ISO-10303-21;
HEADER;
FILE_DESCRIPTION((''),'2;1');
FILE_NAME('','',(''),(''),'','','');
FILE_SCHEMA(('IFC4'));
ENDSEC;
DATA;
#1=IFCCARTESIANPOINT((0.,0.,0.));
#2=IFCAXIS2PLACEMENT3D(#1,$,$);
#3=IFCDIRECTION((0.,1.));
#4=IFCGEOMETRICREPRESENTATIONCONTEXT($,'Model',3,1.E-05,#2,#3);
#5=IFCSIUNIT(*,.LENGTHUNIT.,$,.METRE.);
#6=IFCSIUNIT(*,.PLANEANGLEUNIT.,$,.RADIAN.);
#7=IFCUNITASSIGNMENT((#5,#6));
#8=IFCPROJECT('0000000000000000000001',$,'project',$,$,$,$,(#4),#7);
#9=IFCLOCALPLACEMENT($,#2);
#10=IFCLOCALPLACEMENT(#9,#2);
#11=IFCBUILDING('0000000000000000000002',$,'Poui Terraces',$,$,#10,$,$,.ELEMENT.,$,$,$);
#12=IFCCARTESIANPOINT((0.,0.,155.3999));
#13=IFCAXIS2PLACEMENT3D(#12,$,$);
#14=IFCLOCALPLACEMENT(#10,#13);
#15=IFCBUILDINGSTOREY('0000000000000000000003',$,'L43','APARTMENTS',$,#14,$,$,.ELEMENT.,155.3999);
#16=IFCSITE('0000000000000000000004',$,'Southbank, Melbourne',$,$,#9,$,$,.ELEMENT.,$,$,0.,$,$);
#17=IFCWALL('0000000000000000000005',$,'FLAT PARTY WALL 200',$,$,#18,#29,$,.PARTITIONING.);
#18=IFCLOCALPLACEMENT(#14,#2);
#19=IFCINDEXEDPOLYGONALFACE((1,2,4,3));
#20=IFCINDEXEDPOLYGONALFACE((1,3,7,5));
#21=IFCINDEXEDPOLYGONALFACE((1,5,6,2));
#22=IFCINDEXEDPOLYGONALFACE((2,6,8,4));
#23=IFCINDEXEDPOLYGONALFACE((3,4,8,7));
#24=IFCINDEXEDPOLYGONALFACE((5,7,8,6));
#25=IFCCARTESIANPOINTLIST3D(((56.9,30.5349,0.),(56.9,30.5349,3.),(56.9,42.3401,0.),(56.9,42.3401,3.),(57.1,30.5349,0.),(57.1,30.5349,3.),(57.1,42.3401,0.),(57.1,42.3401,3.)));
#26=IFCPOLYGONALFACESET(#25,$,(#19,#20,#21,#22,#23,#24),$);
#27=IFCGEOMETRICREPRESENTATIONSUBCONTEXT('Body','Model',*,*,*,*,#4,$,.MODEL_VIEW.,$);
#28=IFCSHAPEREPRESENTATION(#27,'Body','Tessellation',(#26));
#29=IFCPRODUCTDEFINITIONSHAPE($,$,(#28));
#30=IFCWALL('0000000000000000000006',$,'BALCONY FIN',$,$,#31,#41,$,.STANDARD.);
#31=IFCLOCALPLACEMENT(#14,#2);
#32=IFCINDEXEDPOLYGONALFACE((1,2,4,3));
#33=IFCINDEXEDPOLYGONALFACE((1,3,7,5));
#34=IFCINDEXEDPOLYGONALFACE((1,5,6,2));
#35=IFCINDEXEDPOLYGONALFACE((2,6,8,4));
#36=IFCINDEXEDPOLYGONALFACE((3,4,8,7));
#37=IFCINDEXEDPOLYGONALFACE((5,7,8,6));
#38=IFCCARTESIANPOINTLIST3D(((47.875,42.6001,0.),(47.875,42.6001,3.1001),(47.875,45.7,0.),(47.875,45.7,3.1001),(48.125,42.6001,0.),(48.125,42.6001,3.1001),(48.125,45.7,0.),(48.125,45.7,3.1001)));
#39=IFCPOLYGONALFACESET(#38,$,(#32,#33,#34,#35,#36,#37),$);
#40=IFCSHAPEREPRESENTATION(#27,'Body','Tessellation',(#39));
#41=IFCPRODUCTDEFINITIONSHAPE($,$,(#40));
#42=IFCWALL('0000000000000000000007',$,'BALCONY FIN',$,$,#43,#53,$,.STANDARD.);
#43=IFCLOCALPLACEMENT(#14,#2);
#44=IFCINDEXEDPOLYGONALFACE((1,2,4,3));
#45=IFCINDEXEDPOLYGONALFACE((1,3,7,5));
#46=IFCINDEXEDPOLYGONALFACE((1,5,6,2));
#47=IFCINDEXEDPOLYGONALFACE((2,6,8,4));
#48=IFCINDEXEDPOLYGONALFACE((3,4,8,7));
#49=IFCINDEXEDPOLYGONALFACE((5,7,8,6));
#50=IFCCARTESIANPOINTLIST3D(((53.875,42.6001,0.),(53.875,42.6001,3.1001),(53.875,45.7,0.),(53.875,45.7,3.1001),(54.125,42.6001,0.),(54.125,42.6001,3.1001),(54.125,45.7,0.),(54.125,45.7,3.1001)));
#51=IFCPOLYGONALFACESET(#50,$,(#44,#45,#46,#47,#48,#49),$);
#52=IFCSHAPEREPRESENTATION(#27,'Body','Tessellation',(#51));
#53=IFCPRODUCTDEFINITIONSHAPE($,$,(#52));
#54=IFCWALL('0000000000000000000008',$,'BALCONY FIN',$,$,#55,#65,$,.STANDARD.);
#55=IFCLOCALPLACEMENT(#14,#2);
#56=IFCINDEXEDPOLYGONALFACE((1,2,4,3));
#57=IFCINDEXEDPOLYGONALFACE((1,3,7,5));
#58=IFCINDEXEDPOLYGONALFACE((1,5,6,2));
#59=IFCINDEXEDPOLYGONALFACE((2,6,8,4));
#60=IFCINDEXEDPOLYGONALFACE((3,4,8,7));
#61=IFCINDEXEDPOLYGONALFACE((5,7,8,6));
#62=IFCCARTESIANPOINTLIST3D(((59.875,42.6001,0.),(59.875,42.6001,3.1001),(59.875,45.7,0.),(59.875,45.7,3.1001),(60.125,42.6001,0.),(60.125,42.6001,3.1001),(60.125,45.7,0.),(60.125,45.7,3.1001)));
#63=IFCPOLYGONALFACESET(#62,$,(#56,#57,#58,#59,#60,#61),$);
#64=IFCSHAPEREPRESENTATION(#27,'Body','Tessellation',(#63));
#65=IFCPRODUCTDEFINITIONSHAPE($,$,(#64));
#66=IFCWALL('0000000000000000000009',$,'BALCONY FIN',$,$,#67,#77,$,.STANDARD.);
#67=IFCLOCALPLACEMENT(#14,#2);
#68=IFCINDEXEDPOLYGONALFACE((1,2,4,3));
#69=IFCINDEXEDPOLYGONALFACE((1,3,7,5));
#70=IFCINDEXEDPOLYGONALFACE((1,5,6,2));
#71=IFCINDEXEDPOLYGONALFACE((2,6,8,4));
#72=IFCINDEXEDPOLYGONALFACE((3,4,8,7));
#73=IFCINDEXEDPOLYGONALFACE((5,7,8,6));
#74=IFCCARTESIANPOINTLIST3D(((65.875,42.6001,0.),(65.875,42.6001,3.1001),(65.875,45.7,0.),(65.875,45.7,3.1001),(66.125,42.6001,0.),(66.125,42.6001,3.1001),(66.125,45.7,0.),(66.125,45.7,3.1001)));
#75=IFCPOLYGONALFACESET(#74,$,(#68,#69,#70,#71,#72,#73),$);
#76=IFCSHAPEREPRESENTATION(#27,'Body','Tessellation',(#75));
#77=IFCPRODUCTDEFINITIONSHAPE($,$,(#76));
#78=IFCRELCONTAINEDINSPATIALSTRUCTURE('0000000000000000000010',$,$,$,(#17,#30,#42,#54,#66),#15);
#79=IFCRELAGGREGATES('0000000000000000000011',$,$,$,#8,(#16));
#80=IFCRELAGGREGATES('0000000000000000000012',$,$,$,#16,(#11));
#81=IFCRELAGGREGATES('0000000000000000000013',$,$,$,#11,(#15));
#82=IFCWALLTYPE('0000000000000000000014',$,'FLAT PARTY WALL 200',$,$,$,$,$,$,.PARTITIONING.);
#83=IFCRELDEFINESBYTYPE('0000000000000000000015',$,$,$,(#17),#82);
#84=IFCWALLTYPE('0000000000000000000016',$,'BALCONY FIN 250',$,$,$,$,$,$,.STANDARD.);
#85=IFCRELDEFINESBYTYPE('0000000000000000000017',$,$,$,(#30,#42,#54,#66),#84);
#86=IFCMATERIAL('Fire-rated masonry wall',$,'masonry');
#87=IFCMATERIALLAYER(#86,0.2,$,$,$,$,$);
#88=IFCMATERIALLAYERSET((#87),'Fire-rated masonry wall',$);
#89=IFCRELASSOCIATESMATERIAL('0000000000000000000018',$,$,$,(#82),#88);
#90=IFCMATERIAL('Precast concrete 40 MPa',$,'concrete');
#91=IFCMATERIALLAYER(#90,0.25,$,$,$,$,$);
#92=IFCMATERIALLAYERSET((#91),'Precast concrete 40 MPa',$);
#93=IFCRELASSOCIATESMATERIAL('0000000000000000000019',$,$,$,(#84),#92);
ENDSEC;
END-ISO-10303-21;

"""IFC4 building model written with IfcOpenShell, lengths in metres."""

from ifc_helpers import new_model, si_unit, direction, frame, frame_2d, origin, place, context, subcontext, project, spatial, polyline, rectangle, outline, extrude, source, transform, mapped, material, layer, layer_set, type_object, element, save


model = new_model("IFC4")

# Units and contexts
model_context = context("Model", 3, precision=1e-05, world=origin(), true_north=direction((0.0, 1.0)))
body_context = subcontext(model_context, "Body", "Model", "MODEL_VIEW")
ifc_project = project(units=[si_unit("LENGTHUNIT", "METRE"), si_unit("PLANEANGLEUNIT", "RADIAN")], contexts=[model_context])

# Site, building, storey
site_placement = place(None, origin())
site = spatial("IfcSite", under=ifc_project, at=site_placement, Name="Southbank, Melbourne", CompositionType="ELEMENT", RefElevation=0.0)
building_placement = place(site_placement, origin())
building = spatial("IfcBuilding", under=site, at=building_placement, Name="Poui Terraces", CompositionType="ELEMENT")
storey_placement = place(building_placement, frame((0.0, 0.0, 155.3999)))
storey = spatial("IfcBuildingStorey", under=building, at=storey_placement, Name="L43", Description="APARTMENTS", CompositionType="ELEMENT", Elevation=155.3999)

# Walls
ifc_material_1 = material(Name="Fire-rated masonry wall", Category="masonry")
ifc_layer_1 = layer(ifc_material_1, 0.2)
ifc_layer_set_1 = layer_set([ifc_layer_1], Name="Fire-rated masonry wall")
wall_type_1 = type_object("IfcWallType", Name="FLAT PARTY WALL 200", PredefinedType="PARTITIONING", material=ifc_layer_set_1)
wall_1_placement = place(storey_placement, frame((57.0, 30.5349, 0.0), z_axis=(0.0, 0.0, 1.0), x_axis=(0.0, 1.0, 0.0)))
element("IfcWall", 1, at=wall_1_placement, inside=storey, type_object=wall_type_1, Name="FLAT PARTY WALL 200", PredefinedType="PARTITIONING", context=body_context, shape_type="SweptSolid", body=[
    extrude(rectangle(XDim=11.8052, YDim=0.2, at=frame_2d((5.9026, 0.0))), origin(), (0.0, 0.0, 1.0), 3.0),
])
ifc_material_2 = material(Name="Precast concrete 40 MPa", Category="concrete")
ifc_layer_2 = layer(ifc_material_2, 0.25)
ifc_layer_set_2 = layer_set([ifc_layer_2], Name="Precast concrete 40 MPa")
wall_type_2 = type_object("IfcWallType", Name="BALCONY FIN 250", PredefinedType="STANDARD", material=ifc_layer_set_2)
shared_shape_1 = source(origin(), body_context, "Body", "SweptSolid", [
    extrude(outline(polyline([(0.0, 0.0), (0.25, 0.0), (0.25, 3.0999), (0.0, 3.0999), (0.0, 0.0)])), origin(), (0.0, 0.0, 1.0), 3.1001),
])
for number, where, name in (
    (2, (47.875, 42.6001, 0.0), "BALCONY FIN"),
    (3, (53.875, 42.6001, 0.0), "BALCONY FIN"),
    (4, (59.875, 42.6001, 0.0), "BALCONY FIN"),
    (5, (65.875, 42.6001, 0.0), "BALCONY FIN"),
):
    element("IfcWall", number, at=place(storey_placement, frame(where)), inside=storey, type_object=wall_type_2, Name=name, PredefinedType="STANDARD", context=body_context, shape_type="MappedRepresentation", body=[
        mapped(shared_shape_1, transform((0.0, 0.0, 0.0))),
    ])

save(model, "model.ifc")
